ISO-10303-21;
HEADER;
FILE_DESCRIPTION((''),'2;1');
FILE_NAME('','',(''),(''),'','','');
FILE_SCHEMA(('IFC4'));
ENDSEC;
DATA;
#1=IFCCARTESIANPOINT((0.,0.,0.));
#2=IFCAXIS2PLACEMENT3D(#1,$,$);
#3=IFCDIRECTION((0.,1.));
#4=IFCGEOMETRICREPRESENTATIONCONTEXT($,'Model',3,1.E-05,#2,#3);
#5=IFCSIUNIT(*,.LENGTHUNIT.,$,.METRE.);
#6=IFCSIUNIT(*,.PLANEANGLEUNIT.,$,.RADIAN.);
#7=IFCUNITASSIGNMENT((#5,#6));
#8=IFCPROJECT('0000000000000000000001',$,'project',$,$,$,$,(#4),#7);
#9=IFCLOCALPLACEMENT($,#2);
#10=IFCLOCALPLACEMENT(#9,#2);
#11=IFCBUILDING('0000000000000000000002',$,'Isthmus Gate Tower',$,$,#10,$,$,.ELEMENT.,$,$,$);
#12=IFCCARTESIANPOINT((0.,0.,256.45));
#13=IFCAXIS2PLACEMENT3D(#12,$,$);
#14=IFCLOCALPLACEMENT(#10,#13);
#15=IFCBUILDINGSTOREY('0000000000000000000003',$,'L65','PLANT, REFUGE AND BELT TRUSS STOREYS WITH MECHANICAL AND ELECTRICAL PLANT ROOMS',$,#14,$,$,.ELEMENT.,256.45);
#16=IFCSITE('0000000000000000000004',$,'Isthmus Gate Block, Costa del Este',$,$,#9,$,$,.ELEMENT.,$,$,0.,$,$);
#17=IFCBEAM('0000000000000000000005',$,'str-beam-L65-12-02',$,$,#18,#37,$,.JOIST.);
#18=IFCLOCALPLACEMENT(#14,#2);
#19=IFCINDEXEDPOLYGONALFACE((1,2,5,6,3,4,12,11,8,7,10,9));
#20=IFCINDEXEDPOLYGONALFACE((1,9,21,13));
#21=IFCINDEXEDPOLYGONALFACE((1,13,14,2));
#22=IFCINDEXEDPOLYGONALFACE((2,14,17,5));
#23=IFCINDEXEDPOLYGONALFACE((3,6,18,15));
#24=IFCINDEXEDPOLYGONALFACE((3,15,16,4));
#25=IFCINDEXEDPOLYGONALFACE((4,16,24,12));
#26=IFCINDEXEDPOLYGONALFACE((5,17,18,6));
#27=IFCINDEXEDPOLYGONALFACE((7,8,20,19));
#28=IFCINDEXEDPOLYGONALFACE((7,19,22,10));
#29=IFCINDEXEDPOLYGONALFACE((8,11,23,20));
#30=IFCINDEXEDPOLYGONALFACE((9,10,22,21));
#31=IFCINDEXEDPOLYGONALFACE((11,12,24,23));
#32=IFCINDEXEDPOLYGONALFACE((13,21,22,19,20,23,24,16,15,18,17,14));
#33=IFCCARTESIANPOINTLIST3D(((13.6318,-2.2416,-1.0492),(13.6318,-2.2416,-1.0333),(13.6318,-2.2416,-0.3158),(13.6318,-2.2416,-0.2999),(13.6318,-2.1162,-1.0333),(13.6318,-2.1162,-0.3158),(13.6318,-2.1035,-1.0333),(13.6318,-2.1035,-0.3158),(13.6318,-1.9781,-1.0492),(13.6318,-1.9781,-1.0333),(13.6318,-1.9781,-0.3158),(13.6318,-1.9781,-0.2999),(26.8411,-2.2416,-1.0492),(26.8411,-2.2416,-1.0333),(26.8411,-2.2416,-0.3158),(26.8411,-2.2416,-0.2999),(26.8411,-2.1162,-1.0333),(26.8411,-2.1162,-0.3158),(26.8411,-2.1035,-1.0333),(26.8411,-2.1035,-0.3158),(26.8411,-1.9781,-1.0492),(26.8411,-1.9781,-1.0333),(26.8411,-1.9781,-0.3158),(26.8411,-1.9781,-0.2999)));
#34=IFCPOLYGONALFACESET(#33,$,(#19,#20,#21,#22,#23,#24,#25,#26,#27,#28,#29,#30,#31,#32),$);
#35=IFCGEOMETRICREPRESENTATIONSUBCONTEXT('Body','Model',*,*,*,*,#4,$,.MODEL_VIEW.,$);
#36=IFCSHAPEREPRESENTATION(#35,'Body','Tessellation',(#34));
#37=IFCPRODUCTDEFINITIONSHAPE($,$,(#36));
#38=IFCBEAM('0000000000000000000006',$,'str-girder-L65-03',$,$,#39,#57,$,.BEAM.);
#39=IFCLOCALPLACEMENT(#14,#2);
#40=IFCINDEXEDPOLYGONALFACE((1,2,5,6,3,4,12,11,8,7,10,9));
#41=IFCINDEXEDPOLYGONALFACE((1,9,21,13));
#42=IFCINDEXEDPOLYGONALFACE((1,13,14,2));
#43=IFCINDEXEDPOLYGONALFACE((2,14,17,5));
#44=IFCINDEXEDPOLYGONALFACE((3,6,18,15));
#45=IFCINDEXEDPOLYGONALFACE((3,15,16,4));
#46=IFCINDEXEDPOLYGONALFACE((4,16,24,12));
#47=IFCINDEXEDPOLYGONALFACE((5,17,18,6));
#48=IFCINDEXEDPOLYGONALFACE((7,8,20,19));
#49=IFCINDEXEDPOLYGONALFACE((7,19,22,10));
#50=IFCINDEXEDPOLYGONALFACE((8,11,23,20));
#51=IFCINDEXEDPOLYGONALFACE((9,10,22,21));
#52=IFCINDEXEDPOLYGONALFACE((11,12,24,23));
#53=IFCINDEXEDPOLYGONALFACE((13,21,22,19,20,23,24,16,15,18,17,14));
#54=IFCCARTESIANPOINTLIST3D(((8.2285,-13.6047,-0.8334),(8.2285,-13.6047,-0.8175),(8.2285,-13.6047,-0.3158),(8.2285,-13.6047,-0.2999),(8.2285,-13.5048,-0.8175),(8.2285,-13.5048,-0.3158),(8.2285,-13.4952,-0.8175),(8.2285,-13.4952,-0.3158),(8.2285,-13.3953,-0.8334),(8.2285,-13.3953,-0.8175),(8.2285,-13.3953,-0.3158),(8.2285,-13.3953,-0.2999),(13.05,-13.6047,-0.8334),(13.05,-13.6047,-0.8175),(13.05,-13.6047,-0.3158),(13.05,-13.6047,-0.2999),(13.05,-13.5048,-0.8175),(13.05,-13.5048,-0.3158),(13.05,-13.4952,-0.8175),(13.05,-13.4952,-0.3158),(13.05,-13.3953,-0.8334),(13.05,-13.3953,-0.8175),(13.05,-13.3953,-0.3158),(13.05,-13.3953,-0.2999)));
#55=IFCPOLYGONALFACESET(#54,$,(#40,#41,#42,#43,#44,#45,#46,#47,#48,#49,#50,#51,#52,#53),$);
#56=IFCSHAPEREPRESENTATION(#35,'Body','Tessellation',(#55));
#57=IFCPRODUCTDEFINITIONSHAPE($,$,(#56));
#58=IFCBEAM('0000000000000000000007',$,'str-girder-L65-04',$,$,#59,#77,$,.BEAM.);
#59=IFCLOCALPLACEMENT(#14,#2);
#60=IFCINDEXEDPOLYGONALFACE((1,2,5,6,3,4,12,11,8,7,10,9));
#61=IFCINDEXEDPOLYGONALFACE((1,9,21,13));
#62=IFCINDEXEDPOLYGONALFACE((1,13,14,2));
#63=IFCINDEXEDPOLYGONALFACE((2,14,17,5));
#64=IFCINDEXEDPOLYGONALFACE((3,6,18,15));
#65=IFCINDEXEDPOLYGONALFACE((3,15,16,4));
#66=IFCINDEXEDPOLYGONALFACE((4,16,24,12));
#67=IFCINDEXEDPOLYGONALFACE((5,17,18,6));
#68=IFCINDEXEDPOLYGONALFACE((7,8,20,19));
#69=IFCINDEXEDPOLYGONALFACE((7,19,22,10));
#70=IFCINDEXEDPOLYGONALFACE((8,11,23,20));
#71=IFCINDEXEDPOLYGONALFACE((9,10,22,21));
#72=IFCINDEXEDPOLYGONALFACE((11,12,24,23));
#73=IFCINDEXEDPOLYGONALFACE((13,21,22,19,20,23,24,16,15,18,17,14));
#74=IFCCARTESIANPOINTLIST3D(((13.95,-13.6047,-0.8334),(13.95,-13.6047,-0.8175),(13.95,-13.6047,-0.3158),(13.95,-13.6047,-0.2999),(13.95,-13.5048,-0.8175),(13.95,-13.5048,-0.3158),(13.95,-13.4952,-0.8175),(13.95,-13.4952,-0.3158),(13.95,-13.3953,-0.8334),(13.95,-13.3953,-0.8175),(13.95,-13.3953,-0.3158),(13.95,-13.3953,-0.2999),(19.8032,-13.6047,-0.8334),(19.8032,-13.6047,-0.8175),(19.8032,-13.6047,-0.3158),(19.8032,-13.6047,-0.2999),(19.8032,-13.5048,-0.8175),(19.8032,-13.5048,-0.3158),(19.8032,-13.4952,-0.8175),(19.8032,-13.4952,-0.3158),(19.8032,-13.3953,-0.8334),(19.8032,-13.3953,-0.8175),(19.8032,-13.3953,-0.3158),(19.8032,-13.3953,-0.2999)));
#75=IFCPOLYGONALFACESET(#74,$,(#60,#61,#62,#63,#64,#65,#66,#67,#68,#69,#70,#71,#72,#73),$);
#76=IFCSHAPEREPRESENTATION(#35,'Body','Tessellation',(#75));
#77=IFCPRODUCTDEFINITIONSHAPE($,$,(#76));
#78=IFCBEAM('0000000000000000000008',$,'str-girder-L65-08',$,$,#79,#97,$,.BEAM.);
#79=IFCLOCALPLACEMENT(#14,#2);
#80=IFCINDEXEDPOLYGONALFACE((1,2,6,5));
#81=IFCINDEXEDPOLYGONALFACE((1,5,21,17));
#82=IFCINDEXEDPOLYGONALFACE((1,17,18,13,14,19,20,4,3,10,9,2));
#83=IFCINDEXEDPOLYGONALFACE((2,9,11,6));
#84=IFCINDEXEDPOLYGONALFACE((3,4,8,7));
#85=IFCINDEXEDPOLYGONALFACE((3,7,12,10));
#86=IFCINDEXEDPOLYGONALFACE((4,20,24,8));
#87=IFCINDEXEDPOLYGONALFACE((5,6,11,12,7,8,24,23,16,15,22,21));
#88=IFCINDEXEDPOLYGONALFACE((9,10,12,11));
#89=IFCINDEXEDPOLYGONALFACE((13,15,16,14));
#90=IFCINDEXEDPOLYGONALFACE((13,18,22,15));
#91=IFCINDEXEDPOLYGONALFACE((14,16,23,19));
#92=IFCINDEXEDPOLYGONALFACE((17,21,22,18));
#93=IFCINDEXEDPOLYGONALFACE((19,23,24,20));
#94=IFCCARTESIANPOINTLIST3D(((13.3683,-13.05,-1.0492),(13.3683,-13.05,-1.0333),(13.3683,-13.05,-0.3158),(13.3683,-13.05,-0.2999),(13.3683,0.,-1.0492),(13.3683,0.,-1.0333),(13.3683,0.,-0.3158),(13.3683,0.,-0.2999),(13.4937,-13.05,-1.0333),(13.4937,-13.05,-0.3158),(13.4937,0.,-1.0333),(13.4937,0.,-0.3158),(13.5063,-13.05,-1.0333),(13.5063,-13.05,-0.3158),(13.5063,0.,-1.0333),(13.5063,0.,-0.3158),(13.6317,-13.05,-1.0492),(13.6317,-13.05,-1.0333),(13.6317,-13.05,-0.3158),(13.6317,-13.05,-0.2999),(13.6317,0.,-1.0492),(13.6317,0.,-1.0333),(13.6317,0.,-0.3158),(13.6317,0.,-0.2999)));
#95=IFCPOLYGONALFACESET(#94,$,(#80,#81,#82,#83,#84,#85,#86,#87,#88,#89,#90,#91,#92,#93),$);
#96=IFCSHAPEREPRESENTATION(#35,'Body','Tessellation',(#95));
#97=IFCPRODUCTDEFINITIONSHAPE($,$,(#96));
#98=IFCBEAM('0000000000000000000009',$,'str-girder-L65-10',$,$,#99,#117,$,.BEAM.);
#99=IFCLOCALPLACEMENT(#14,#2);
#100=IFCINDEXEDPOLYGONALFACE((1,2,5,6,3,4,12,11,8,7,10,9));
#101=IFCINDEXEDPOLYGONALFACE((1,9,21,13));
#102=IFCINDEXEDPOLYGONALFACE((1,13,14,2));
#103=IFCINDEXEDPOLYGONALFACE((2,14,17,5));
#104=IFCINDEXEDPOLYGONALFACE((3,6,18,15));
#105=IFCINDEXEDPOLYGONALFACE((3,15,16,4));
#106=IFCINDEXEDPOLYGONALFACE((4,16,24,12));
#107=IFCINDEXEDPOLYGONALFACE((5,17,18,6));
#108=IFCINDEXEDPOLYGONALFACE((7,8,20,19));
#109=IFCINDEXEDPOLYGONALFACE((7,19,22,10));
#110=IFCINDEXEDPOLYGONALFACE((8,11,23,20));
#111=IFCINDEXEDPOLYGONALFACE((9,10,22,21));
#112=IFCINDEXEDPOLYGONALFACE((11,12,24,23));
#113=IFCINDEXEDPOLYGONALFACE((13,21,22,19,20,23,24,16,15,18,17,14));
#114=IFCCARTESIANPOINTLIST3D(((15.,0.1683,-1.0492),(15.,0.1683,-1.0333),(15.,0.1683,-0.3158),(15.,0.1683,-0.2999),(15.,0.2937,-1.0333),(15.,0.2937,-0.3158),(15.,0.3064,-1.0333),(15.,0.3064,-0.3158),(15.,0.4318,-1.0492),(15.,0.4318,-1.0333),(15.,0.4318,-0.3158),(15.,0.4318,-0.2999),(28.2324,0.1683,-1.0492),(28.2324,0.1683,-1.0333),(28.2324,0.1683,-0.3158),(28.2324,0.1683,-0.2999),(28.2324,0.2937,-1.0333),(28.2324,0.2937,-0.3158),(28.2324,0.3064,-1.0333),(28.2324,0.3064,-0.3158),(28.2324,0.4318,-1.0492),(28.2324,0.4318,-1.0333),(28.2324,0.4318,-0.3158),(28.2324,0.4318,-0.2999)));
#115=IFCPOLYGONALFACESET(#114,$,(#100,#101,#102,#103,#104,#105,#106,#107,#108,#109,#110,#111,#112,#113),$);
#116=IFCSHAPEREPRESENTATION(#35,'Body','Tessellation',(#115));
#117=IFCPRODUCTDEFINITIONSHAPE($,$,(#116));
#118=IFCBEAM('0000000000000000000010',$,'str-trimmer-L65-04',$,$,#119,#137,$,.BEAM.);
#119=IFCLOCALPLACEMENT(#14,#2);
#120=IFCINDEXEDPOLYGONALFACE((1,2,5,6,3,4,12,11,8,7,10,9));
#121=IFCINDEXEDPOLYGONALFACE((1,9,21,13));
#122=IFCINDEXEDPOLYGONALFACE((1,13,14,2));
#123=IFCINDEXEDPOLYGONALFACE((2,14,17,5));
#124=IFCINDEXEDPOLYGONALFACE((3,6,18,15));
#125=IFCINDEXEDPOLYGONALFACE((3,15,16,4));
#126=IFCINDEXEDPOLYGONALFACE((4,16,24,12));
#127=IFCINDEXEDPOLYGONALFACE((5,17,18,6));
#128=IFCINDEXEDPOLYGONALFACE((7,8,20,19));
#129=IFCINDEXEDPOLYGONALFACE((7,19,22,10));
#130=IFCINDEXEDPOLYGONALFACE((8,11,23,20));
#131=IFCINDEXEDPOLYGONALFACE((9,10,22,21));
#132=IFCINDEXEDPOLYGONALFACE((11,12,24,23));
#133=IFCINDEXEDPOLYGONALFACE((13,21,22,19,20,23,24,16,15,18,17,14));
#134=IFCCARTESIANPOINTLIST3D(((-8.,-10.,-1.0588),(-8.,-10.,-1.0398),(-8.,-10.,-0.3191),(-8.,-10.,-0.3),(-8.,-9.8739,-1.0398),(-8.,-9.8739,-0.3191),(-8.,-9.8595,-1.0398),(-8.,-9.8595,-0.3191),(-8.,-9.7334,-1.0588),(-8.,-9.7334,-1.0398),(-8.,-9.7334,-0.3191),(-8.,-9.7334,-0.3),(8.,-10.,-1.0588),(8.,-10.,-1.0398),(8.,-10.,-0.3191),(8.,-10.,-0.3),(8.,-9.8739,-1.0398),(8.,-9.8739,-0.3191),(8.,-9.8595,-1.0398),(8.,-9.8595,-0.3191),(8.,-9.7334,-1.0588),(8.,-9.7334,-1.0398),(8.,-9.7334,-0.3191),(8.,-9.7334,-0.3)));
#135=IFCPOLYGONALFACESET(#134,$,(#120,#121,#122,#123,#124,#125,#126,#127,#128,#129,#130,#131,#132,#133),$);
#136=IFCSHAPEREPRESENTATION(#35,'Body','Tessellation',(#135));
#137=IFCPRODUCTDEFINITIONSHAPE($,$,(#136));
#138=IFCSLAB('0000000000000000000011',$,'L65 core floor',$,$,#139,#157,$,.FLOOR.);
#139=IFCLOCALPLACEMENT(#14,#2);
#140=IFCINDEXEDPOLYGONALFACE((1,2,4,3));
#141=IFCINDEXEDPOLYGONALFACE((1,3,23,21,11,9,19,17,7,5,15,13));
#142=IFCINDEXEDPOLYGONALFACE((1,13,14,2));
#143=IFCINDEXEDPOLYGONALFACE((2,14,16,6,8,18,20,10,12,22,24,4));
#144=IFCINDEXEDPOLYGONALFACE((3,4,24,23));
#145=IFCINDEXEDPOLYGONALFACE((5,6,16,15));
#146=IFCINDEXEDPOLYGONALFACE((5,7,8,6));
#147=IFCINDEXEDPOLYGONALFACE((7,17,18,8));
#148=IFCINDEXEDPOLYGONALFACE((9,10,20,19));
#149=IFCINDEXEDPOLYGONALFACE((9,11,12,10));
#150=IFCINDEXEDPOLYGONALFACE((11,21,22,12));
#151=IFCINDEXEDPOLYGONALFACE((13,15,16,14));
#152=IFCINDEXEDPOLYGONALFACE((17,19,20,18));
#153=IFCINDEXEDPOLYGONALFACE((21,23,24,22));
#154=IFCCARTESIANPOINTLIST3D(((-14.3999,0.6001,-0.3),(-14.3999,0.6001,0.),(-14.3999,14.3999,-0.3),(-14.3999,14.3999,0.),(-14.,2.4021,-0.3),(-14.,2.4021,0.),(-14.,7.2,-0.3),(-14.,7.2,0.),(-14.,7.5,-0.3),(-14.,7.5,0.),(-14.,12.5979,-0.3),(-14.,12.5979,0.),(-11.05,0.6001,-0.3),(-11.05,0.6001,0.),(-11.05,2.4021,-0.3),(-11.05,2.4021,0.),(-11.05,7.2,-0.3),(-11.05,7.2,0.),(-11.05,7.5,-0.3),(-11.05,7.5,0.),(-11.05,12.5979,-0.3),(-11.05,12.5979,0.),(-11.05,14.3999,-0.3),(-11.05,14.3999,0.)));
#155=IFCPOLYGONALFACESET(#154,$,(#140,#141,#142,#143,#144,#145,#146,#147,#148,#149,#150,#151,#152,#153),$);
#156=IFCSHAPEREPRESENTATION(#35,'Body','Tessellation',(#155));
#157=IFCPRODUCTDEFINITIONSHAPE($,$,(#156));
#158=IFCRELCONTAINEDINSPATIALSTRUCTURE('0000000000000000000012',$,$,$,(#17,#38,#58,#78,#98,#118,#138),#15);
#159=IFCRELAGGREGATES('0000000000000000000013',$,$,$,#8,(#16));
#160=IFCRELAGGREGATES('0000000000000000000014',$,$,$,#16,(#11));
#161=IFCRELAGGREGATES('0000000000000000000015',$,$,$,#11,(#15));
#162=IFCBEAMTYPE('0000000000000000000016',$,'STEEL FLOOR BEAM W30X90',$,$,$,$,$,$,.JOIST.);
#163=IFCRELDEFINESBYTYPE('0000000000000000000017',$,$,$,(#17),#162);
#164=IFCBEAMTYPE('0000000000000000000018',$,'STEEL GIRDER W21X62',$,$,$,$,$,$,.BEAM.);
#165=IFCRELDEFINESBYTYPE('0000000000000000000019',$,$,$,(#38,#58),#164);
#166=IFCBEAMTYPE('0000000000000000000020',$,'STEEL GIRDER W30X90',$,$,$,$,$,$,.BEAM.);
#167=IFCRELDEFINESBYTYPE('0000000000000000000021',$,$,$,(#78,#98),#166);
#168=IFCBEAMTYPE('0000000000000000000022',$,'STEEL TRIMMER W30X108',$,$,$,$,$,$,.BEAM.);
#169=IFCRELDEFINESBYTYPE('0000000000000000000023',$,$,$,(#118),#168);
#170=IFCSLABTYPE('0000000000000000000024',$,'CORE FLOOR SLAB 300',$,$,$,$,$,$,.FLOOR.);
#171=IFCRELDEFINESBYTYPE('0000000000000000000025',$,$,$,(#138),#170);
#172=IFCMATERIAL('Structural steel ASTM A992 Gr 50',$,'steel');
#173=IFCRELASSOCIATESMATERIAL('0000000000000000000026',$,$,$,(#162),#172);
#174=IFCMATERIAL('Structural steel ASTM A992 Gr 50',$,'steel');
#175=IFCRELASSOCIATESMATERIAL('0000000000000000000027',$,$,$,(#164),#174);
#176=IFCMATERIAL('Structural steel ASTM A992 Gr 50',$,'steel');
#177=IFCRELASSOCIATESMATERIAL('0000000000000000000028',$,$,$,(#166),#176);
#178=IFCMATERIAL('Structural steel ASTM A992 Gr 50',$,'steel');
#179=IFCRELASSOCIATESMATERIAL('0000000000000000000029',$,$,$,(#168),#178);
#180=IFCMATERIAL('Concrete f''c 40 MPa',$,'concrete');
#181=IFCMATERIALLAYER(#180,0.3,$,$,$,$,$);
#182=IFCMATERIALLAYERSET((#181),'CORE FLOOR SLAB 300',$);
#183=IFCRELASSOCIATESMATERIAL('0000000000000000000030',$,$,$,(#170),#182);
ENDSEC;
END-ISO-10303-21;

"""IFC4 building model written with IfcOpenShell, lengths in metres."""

from ifc_helpers import new_model, si_unit, direction, frame, origin, origin_2d, place, context, subcontext, project, spatial, polyline, i_section, outline, extrude, material, layer, layer_set, material_profile, profile_set, type_object, element, save


model = new_model("IFC4")

# Units and contexts
model_context = context("Model", 3, precision=1e-05, world=origin(), true_north=direction((0.0, 1.0)))
body_context = subcontext(model_context, "Body", "Model", "MODEL_VIEW")
ifc_project = project(units=[si_unit("LENGTHUNIT", "METRE"), si_unit("PLANEANGLEUNIT", "RADIAN")], contexts=[model_context])

# Site, building, storey
site_placement = place(None, origin())
site = spatial("IfcSite", under=ifc_project, at=site_placement, Name="Isthmus Gate Block, Costa del Este", CompositionType="ELEMENT", RefElevation=0.0)
building_placement = place(site_placement, origin())
building = spatial("IfcBuilding", under=site, at=building_placement, Name="Isthmus Gate Tower", CompositionType="ELEMENT")
storey_placement = place(building_placement, frame((0.0, 0.0, 256.45)))
storey = spatial("IfcBuildingStorey", under=building, at=storey_placement, Name="L65", Description="PLANT, REFUGE AND BELT TRUSS STOREYS WITH MECHANICAL AND ELECTRICAL PLANT ROOMS", CompositionType="ELEMENT", Elevation=256.45)

# Beams
ifc_material_1 = material(Name="Structural steel ASTM A992 Gr 50", Category="steel")
ifc_material_profile_1 = material_profile(ifc_material_1, i_section(OverallWidth=0.2634, OverallDepth=0.7493, WebThickness=0.0127, FlangeThickness=0.0159, at=origin_2d()), Name="W30X90")
ifc_profile_set_1 = profile_set([ifc_material_profile_1], Name="Structural steel ASTM A992 Gr 50")
beam_type_1 = type_object("IfcBeamType", Name="STEEL FLOOR BEAM W30X90", PredefinedType="JOIST", material=ifc_profile_set_1)
beam_1_placement = place(storey_placement, frame((13.6318, -2.1099, -0.6746), z_axis=(1.0, 0.0, 0.0), x_axis=(0.0, 1.0, 0.0)))
element("IfcBeam", 1, at=beam_1_placement, inside=storey, type_object=beam_type_1, Name="str-beam-L65-12-02", PredefinedType="JOIST", context=body_context, shape_type="SweptSolid", body=[
    extrude(i_section(OverallWidth=0.2634, OverallDepth=0.7493, WebThickness=0.0127, FlangeThickness=0.0159, at=origin_2d()), origin(), (0.0, 0.0, 1.0), 13.2092),
])
ifc_material_2 = material(Name="Structural steel ASTM A992 Gr 50", Category="steel")
ifc_material_profile_2 = material_profile(ifc_material_2, i_section(OverallWidth=0.2095, OverallDepth=0.5334, WebThickness=0.0095, FlangeThickness=0.0159, at=origin_2d()), Name="W21X62")
ifc_profile_set_2 = profile_set([ifc_material_profile_2], Name="Structural steel ASTM A992 Gr 50")
beam_type_2 = type_object("IfcBeamType", Name="STEEL GIRDER W21X62", PredefinedType="BEAM", material=ifc_profile_set_2)
beam_2_placement = place(storey_placement, frame((8.2285, -13.5, -0.5667), z_axis=(1.0, 0.0, 0.0), x_axis=(0.0, 1.0, 0.0)))
element("IfcBeam", 2, at=beam_2_placement, inside=storey, type_object=beam_type_2, Name="str-girder-L65-03", PredefinedType="BEAM", context=body_context, shape_type="SweptSolid", body=[
    extrude(i_section(OverallWidth=0.2095, OverallDepth=0.5334, WebThickness=0.0095, FlangeThickness=0.0159, at=origin_2d()), origin(), (0.0, 0.0, 1.0), 4.8215),
])
beam_3_placement = place(storey_placement, frame((13.95, -13.5, -0.5667), z_axis=(1.0, 0.0, 0.0), x_axis=(0.0, 1.0, 0.0)))
element("IfcBeam", 3, at=beam_3_placement, inside=storey, type_object=beam_type_2, Name="str-girder-L65-04", PredefinedType="BEAM", context=body_context, shape_type="SweptSolid", body=[
    extrude(i_section(OverallWidth=0.2095, OverallDepth=0.5334, WebThickness=0.0095, FlangeThickness=0.0159, at=origin_2d()), origin(), (0.0, 0.0, 1.0), 5.8533),
])
ifc_material_3 = material(Name="Structural steel ASTM A992 Gr 50", Category="steel")
ifc_material_profile_3 = material_profile(ifc_material_3, i_section(OverallWidth=0.2634, OverallDepth=0.7493, WebThickness=0.0127, FlangeThickness=0.0159, at=origin_2d()), Name="W30X90")
ifc_profile_set_3 = profile_set([ifc_material_profile_3], Name="Structural steel ASTM A992 Gr 50")
beam_type_3 = type_object("IfcBeamType", Name="STEEL GIRDER W30X90", PredefinedType="BEAM", material=ifc_profile_set_3)
beam_4_placement = place(storey_placement, frame((13.5, -13.05, -0.6746), z_axis=(0.0, 1.0, 0.0), x_axis=(-1.0, 0.0, 0.0)))
element("IfcBeam", 4, at=beam_4_placement, inside=storey, type_object=beam_type_3, Name="str-girder-L65-08", PredefinedType="BEAM", context=body_context, shape_type="SweptSolid", body=[
    extrude(i_section(OverallWidth=0.2634, OverallDepth=0.7493, WebThickness=0.0127, FlangeThickness=0.0159, at=origin_2d()), origin(), (0.0, 0.0, 1.0), 13.05),
])
beam_5_placement = place(storey_placement, frame((15.0, 0.3, -0.6746), z_axis=(1.0, 0.0, 0.0), x_axis=(0.0, 1.0, 0.0)))
element("IfcBeam", 5, at=beam_5_placement, inside=storey, type_object=beam_type_3, Name="str-girder-L65-10", PredefinedType="BEAM", context=body_context, shape_type="SweptSolid", body=[
    extrude(i_section(OverallWidth=0.2634, OverallDepth=0.7493, WebThickness=0.0127, FlangeThickness=0.0159, at=origin_2d()), origin(), (0.0, 0.0, 1.0), 13.2324),
])
ifc_material_4 = material(Name="Structural steel ASTM A992 Gr 50", Category="steel")
ifc_material_profile_4 = material_profile(ifc_material_4, i_section(OverallWidth=0.2666, OverallDepth=0.7588, WebThickness=0.0144, FlangeThickness=0.019, at=origin_2d()), Name="W30X108")
ifc_profile_set_4 = profile_set([ifc_material_profile_4], Name="Structural steel ASTM A992 Gr 50")
beam_type_4 = type_object("IfcBeamType", Name="STEEL TRIMMER W30X108", PredefinedType="BEAM", material=ifc_profile_set_4)
beam_6_placement = place(storey_placement, frame((8.0, -9.8667, -0.6794), z_axis=(-1.0, 0.0, 0.0), x_axis=(0.0, -1.0, 0.0)))
element("IfcBeam", 6, at=beam_6_placement, inside=storey, type_object=beam_type_4, Name="str-trimmer-L65-04", PredefinedType="BEAM", context=body_context, shape_type="SweptSolid", body=[
    extrude(i_section(OverallWidth=0.2666, OverallDepth=0.7588, WebThickness=0.0144, FlangeThickness=0.019, at=origin_2d()), origin(), (0.0, 0.0, 1.0), 16.0),
])

# Slab
ifc_material_5 = material(Name="Concrete f'c 40 MPa", Category="concrete")
ifc_layer_1 = layer(ifc_material_5, 0.3)
ifc_layer_set_1 = layer_set([ifc_layer_1], Name="CORE FLOOR SLAB 300")
slab_type_1 = type_object("IfcSlabType", Name="CORE FLOOR SLAB 300", PredefinedType="FLOOR", material=ifc_layer_set_1)
slab_1_placement = place(storey_placement, frame((0.0, 0.0, -0.3)))
element("IfcSlab", 7, at=slab_1_placement, inside=storey, type_object=slab_type_1, Name="L65 core floor", PredefinedType="FLOOR", context=body_context, shape_type="SweptSolid", body=[
    extrude(outline(polyline([(-11.05, 0.6001), (-11.05, 2.4021), (-14.0, 2.4021), (-14.0, 7.2), (-11.05, 7.2), (-11.05, 7.5), (-14.0, 7.5), (-14.0, 12.5979), (-11.05, 12.5979), (-11.05, 14.3999), (-14.3999, 14.3999), (-14.3999, 0.6001), (-11.05, 0.6001)])), origin(), (0.0, 0.0, 1.0), 0.3),
])

save(model, "model.ifc")
